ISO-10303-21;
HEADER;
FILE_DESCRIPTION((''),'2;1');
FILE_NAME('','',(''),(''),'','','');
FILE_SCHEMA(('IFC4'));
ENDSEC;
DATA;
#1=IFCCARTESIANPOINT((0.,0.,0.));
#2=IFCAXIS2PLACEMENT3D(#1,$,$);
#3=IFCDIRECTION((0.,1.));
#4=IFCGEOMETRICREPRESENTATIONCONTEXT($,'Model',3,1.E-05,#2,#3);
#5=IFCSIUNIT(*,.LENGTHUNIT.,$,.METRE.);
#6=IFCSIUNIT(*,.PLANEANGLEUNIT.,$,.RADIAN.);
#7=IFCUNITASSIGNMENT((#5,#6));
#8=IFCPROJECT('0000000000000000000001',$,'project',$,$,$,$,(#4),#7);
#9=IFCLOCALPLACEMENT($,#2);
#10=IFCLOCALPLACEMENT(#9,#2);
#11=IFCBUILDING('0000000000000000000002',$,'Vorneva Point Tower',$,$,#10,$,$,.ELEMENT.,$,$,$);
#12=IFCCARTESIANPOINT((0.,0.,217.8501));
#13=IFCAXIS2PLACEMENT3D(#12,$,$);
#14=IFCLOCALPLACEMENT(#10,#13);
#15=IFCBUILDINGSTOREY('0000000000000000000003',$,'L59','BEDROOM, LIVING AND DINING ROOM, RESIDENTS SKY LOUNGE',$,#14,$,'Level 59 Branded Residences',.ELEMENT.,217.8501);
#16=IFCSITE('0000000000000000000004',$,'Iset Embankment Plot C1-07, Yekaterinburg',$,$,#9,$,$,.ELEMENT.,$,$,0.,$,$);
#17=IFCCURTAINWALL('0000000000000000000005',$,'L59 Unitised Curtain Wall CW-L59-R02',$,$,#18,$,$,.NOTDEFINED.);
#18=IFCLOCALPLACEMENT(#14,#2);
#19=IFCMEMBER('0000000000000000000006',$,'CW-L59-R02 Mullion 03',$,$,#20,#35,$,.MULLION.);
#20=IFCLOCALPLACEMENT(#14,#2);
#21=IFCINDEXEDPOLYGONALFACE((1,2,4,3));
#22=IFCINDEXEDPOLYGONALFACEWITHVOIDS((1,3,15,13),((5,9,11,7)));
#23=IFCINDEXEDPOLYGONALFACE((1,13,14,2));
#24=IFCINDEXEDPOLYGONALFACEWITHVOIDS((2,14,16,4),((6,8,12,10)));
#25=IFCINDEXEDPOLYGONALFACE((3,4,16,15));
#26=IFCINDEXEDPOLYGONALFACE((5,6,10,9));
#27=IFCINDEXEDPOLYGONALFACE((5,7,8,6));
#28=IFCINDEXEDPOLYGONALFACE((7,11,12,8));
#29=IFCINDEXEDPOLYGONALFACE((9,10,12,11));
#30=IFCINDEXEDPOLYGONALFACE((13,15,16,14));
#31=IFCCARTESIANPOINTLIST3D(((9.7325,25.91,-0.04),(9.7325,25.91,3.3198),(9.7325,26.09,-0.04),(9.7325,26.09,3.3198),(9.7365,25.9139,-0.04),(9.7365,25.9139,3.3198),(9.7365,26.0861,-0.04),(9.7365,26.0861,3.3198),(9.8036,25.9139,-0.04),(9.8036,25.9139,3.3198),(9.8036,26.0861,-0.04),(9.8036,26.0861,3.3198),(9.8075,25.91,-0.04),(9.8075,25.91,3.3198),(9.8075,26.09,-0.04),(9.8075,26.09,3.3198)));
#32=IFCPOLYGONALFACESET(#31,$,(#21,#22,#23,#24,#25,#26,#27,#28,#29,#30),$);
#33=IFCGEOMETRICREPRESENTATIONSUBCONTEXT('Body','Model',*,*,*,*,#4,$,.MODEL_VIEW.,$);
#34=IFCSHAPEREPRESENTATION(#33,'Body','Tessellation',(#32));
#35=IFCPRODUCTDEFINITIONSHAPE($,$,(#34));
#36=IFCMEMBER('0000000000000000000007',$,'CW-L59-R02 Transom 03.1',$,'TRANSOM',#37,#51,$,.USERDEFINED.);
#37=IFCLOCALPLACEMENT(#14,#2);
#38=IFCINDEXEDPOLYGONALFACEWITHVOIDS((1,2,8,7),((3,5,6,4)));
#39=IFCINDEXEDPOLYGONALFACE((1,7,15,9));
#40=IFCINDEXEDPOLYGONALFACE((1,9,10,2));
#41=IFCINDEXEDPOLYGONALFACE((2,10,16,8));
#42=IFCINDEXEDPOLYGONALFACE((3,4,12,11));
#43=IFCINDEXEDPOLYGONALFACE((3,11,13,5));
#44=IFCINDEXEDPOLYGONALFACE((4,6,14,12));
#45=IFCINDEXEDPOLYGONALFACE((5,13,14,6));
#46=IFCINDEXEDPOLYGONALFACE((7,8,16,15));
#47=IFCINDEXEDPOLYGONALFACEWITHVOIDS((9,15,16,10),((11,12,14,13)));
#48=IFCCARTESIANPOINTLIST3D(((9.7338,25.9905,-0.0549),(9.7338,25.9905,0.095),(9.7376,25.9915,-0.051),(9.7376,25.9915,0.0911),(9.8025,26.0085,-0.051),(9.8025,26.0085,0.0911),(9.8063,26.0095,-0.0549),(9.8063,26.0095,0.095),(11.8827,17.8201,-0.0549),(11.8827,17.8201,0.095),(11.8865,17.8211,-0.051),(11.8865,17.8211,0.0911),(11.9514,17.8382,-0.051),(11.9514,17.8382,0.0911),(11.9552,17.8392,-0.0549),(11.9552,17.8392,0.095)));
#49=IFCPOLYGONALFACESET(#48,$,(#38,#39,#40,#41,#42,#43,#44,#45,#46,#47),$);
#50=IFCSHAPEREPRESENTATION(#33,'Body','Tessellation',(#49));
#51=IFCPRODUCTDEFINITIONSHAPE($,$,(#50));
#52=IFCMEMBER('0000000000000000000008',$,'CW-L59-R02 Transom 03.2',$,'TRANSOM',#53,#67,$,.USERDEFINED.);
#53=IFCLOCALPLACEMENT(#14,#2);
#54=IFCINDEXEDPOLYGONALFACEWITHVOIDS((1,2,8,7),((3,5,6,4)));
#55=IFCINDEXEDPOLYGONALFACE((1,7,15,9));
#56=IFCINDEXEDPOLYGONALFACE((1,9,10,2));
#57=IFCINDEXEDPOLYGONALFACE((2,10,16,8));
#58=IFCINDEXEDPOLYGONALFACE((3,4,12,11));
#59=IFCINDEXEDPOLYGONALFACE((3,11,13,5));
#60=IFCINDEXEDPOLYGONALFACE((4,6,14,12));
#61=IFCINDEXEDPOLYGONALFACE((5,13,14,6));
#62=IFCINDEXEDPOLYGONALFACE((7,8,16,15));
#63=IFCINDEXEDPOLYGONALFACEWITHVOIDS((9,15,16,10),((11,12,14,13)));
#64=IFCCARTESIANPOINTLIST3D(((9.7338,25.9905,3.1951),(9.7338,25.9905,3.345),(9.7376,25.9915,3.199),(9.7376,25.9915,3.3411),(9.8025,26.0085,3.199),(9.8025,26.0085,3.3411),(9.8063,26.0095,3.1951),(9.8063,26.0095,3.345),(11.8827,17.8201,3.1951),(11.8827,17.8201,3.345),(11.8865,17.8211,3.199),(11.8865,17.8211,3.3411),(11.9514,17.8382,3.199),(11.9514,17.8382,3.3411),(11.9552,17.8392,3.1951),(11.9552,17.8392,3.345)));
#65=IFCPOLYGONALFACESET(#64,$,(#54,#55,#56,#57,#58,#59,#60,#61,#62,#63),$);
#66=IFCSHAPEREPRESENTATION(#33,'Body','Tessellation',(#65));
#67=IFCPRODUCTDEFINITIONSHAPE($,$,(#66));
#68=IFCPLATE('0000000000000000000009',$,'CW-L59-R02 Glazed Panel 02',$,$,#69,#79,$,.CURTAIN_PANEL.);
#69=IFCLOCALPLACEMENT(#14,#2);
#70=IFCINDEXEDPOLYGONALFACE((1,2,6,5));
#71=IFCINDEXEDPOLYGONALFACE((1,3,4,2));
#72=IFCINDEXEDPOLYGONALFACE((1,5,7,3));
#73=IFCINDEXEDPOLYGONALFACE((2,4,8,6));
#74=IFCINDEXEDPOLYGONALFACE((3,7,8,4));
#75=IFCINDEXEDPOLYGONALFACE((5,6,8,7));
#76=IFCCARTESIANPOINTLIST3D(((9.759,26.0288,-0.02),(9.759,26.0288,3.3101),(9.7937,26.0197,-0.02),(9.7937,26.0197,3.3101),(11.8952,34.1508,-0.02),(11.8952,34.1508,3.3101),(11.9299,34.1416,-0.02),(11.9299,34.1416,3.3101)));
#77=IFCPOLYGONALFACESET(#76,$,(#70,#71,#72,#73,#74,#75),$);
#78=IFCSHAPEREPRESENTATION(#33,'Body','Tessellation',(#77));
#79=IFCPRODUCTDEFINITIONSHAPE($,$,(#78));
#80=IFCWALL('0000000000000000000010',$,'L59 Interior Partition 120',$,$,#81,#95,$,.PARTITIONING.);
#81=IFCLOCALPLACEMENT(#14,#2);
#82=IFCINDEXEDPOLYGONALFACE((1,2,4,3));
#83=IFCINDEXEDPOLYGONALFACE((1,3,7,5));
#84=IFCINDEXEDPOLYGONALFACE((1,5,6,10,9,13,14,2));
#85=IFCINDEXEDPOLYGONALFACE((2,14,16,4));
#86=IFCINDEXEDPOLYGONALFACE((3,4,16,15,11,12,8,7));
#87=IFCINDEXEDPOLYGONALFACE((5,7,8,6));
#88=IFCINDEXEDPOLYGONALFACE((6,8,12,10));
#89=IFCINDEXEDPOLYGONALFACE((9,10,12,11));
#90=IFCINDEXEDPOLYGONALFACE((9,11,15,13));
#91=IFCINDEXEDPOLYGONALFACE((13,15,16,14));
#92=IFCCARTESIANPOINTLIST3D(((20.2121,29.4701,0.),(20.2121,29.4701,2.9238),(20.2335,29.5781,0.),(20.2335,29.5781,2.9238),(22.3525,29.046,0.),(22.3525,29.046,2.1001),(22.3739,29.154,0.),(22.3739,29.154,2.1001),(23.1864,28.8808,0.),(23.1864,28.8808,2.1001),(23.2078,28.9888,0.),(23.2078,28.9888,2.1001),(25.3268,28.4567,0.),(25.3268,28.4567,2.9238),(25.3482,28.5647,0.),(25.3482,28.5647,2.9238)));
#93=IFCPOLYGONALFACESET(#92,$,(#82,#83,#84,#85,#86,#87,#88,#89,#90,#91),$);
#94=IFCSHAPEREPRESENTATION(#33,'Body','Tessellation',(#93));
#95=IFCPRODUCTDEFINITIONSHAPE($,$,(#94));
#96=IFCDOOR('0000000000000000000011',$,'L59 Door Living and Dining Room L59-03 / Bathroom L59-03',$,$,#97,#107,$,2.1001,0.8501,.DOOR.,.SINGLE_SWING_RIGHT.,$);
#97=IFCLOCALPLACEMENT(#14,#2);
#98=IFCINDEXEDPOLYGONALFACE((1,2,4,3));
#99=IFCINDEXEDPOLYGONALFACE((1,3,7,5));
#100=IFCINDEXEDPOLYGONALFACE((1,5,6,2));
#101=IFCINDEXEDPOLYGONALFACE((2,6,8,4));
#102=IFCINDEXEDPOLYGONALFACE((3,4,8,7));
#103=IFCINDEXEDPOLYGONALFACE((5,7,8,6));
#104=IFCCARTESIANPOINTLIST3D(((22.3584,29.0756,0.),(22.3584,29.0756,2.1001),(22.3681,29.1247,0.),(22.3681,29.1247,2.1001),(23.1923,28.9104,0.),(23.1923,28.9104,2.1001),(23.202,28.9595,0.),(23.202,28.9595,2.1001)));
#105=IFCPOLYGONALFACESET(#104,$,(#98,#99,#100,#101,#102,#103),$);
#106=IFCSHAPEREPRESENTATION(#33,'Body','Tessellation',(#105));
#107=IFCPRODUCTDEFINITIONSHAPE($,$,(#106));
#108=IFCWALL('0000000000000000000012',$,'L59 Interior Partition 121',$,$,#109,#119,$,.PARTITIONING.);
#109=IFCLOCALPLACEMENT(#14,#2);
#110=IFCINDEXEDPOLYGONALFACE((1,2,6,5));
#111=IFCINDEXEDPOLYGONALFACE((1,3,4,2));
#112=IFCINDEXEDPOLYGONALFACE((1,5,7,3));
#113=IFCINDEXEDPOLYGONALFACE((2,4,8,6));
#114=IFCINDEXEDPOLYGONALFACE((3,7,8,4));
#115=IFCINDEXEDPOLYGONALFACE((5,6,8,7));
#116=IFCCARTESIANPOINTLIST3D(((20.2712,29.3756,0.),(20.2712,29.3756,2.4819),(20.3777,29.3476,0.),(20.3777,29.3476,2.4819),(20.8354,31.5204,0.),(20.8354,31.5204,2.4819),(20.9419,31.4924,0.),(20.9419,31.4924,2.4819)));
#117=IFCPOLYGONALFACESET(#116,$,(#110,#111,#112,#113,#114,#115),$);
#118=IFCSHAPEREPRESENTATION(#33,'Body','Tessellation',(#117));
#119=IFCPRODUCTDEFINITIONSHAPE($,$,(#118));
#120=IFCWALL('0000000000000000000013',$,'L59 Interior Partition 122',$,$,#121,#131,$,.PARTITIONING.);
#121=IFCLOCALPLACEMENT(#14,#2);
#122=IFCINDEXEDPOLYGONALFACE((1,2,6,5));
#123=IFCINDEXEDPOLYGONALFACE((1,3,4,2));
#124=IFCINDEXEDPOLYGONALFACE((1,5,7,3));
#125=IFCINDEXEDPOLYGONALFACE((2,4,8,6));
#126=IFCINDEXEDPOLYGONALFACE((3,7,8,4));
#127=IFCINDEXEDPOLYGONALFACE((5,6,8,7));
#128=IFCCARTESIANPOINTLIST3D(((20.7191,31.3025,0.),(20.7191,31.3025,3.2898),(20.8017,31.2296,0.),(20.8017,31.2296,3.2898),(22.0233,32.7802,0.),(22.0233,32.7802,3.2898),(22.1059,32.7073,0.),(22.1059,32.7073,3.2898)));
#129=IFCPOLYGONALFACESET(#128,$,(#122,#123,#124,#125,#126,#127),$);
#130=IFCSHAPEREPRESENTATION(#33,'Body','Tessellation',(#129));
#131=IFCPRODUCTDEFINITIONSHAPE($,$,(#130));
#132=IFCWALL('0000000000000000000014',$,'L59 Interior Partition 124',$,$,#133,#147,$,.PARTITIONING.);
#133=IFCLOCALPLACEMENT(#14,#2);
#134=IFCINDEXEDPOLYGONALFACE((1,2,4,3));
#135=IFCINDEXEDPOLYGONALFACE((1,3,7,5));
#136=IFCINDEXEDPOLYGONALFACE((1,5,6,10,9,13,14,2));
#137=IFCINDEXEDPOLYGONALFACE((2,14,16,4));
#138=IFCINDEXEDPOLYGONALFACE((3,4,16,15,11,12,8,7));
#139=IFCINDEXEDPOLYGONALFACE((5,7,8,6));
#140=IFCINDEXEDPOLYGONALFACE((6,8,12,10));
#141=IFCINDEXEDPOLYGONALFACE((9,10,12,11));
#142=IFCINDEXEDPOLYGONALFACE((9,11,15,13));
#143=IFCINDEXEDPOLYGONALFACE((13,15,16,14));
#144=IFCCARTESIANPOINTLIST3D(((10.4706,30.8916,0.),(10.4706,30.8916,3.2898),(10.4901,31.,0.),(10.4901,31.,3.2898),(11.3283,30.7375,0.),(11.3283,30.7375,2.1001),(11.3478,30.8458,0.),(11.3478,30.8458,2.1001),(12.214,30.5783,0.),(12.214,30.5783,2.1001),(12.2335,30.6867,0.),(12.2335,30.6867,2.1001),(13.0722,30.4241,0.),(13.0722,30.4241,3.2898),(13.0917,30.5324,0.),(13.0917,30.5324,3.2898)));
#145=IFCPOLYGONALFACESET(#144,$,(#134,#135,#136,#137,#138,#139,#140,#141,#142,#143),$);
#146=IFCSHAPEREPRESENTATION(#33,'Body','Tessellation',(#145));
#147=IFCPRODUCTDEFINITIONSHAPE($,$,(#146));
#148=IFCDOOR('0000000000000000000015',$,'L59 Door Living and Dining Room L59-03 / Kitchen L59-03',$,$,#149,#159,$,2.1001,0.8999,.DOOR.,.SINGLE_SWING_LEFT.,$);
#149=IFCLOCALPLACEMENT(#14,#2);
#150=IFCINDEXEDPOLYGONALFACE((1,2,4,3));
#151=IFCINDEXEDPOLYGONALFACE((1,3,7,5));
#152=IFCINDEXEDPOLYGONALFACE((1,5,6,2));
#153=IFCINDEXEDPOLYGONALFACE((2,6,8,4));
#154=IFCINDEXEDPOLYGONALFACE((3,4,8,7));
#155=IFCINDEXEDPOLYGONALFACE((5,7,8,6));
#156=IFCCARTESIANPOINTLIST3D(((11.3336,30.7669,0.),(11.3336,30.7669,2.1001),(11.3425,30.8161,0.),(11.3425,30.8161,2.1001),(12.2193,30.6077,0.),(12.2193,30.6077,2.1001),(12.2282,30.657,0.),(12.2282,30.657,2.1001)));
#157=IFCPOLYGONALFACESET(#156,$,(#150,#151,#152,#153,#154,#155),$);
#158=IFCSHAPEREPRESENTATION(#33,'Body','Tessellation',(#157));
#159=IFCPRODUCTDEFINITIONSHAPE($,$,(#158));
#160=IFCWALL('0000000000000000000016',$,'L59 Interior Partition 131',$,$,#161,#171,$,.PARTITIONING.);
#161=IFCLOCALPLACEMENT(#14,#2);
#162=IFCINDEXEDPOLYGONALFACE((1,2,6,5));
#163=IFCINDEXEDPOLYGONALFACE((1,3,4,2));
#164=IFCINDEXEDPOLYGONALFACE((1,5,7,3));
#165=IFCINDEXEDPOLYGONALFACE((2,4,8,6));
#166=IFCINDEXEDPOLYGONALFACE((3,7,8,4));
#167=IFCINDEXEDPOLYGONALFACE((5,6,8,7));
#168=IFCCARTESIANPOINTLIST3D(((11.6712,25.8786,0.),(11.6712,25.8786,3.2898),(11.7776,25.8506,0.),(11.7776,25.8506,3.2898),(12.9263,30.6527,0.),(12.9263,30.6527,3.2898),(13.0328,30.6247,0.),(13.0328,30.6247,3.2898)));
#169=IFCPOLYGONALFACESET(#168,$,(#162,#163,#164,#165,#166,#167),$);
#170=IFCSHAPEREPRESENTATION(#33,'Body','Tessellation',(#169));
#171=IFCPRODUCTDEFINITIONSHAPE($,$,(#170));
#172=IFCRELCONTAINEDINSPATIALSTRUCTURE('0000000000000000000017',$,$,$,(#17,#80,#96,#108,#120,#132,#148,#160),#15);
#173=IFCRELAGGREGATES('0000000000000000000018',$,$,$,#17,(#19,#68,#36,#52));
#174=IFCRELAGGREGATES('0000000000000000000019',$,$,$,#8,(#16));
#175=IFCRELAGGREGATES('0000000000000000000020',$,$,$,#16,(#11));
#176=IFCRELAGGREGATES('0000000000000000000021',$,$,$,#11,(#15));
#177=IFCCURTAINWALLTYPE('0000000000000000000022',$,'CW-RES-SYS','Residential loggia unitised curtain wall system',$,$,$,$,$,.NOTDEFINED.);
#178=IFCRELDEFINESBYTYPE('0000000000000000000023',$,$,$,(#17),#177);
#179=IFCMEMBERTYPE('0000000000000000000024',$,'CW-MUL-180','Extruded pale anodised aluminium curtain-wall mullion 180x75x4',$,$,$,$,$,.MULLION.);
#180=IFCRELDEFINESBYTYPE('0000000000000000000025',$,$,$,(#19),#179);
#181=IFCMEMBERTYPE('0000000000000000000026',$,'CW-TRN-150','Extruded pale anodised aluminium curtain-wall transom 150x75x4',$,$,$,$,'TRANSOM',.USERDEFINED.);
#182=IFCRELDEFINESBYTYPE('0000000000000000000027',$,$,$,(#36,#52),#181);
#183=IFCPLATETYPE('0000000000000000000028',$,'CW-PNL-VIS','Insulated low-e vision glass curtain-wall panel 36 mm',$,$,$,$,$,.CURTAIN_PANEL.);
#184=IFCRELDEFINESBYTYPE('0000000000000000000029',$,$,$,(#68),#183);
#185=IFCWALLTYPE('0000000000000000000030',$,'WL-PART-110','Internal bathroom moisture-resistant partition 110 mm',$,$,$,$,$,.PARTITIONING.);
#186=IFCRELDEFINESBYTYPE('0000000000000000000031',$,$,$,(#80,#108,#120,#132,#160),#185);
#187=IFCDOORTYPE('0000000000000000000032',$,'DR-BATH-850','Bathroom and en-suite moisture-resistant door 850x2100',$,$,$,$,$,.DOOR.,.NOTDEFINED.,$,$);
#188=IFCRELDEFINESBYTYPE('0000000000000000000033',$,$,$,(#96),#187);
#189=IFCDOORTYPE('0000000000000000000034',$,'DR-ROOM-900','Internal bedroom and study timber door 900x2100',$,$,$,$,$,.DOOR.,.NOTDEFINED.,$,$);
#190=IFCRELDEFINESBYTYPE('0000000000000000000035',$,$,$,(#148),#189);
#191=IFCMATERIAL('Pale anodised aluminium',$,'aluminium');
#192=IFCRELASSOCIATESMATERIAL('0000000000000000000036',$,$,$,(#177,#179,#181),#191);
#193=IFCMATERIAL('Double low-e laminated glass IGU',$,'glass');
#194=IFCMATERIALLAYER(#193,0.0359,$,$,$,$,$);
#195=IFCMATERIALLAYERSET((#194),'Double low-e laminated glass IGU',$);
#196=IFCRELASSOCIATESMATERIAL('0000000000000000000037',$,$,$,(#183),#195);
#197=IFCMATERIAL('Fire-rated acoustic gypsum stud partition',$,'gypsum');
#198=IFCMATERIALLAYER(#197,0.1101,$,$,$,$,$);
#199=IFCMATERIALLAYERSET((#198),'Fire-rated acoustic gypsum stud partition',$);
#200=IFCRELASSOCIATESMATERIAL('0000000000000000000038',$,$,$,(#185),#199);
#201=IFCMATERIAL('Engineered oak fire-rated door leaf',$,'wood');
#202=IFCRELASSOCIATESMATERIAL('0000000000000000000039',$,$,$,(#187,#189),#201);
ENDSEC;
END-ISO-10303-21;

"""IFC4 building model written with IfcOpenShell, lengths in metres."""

from ifc_helpers import new_model, si_unit, direction, frame, frame_2d, origin, origin_2d, place, context, subcontext, project, spatial, rectangle, hollow_rectangle, extrude, material, layer, layer_set, material_profile, profile_set, type_object, element, fill, aggregate, save


model = new_model("IFC4")

# Units and contexts
model_context = context("Model", 3, precision=1e-05, world=origin(), true_north=direction((0.0, 1.0)))
body_context = subcontext(model_context, "Body", "Model", "MODEL_VIEW")
ifc_project = project(units=[si_unit("LENGTHUNIT", "METRE"), si_unit("PLANEANGLEUNIT", "RADIAN")], contexts=[model_context])

# Site, building, storey
site_placement = place(None, origin())
site = spatial("IfcSite", under=ifc_project, at=site_placement, Name="Iset Embankment Plot C1-07, Yekaterinburg", CompositionType="ELEMENT", RefElevation=0.0)
building_placement = place(site_placement, origin())
building = spatial("IfcBuilding", under=site, at=building_placement, Name="Vorneva Point Tower", CompositionType="ELEMENT")
storey_placement = place(building_placement, frame((0.0, 0.0, 217.8501)))
storey = spatial("IfcBuildingStorey", under=building, at=storey_placement, Name="L59", Description="BEDROOM, LIVING AND DINING ROOM, RESIDENTS SKY LOUNGE", LongName="Level 59 Branded Residences", CompositionType="ELEMENT", Elevation=217.8501)

# Curtain wall, members, plate
ifc_material_1 = material(Name="Pale anodised aluminium", Category="aluminium")
curtain_wall_type = type_object("IfcCurtainWallType", Name="CW-RES-SYS", Description="Residential loggia unitised curtain wall system", PredefinedType="NOTDEFINED", material=ifc_material_1)
curtain_wall_placement = place(storey_placement, origin())
curtain_wall = element("IfcCurtainWall", 1, at=curtain_wall_placement, inside=storey, type_object=curtain_wall_type, Name="L59 Unitised Curtain Wall CW-L59-R02", PredefinedType="NOTDEFINED")
ifc_material_profile_1 = material_profile(ifc_material_1, hollow_rectangle(XDim=0.075, YDim=0.1799, WallThickness=0.0039, at=origin_2d()), Name="AL-MUL 180x75x4")
ifc_profile_set_1 = profile_set([ifc_material_profile_1], Name="Pale anodised aluminium")
member_type_1 = type_object("IfcMemberType", Name="CW-MUL-180", Description="Extruded pale anodised aluminium curtain-wall mullion 180x75x4", PredefinedType="MULLION", material=ifc_profile_set_1)
member_1_placement = place(storey_placement, frame((9.77, 26.0, -0.04), z_axis=(0.0, 0.0, 1.0), x_axis=(1.0, 0.0, 0.0)))
member_1 = element("IfcMember", 2, at=member_1_placement, type_object=member_type_1, Name="CW-L59-R02 Mullion 03", PredefinedType="MULLION", context=body_context, shape_type="SweptSolid", body=[
    extrude(hollow_rectangle(XDim=0.075, YDim=0.1799, WallThickness=0.0039, at=origin_2d()), origin(), (0.0, 0.0, 1.0), 3.3599),
])
ifc_material_profile_2 = material_profile(ifc_material_1, hollow_rectangle(XDim=0.075, YDim=0.1499, WallThickness=0.0039, at=origin_2d()), Name="AL-TRN 150x75x4")
ifc_profile_set_2 = profile_set([ifc_material_profile_2], Name="Pale anodised aluminium")
member_type_2 = type_object("IfcMemberType", Name="CW-TRN-150", Description="Extruded pale anodised aluminium curtain-wall transom 150x75x4", ElementType="TRANSOM", PredefinedType="USERDEFINED", material=ifc_profile_set_2)
member_2_placement = place(storey_placement, frame((9.77, 26.0, 0.02), z_axis=(0.254362, -0.967109, 0.0), x_axis=(0.967109, 0.254362, 0.0)))
member_2 = element("IfcMember", 3, at=member_2_placement, type_object=member_type_2, Name="CW-L59-R02 Transom 03.1", ObjectType="TRANSOM", PredefinedType="USERDEFINED", context=body_context, shape_type="SweptSolid", body=[
    extrude(hollow_rectangle(XDim=0.075, YDim=0.1499, WallThickness=0.0039, at=origin_2d()), origin(), (0.0, 0.0, 1.0), 8.4482),
])
member_3_placement = place(storey_placement, frame((9.77, 26.0, 3.27), z_axis=(0.254362, -0.967109, 0.0), x_axis=(0.967109, 0.254362, 0.0)))
member_3 = element("IfcMember", 4, at=member_3_placement, type_object=member_type_2, Name="CW-L59-R02 Transom 03.2", ObjectType="TRANSOM", PredefinedType="USERDEFINED", context=body_context, shape_type="SweptSolid", body=[
    extrude(hollow_rectangle(XDim=0.075, YDim=0.1499, WallThickness=0.0039, at=origin_2d()), origin(), (0.0, 0.0, 1.0), 8.4482),
])
ifc_material_2 = material(Name="Double low-e laminated glass IGU", Category="glass")
ifc_layer_1 = layer(ifc_material_2, 0.0359)
ifc_layer_set_1 = layer_set([ifc_layer_1], Name="Double low-e laminated glass IGU")
plate_type = type_object("IfcPlateType", Name="CW-PNL-VIS", Description="Insulated low-e vision glass curtain-wall panel 36 mm", PredefinedType="CURTAIN_PANEL", material=ifc_layer_set_1)
plate_placement = place(storey_placement, frame((10.8445, 30.0852, -0.02), z_axis=(0.0, 0.0, 1.0), x_axis=(-0.254366, -0.967108, 0.0)))
plate = element("IfcPlate", 5, at=plate_placement, type_object=plate_type, Name="CW-L59-R02 Glazed Panel 02", PredefinedType="CURTAIN_PANEL", context=body_context, shape_type="SweptSolid", body=[
    extrude(rectangle(XDim=8.3982, YDim=0.0359, at=origin_2d()), origin(), (0.0, 0.0, 1.0), 3.3301),
])
aggregate(curtain_wall, [member_1, plate, member_2, member_3])

# Wall, opening, door
ifc_material_3 = material(Name="Fire-rated acoustic gypsum stud partition", Category="gypsum")
ifc_layer_2 = layer(ifc_material_3, 0.1101)
ifc_layer_set_2 = layer_set([ifc_layer_2], Name="Fire-rated acoustic gypsum stud partition")
wall_type_1 = type_object("IfcWallType", Name="WL-PART-110", Description="Internal bathroom moisture-resistant partition 110 mm", PredefinedType="PARTITIONING", material=ifc_layer_set_2)
wall_1_placement = place(storey_placement, frame((25.3374, 28.5107, 0.0), z_axis=(0.0, 0.0, 1.0), x_axis=(-0.98093, 0.19436, 0.0)))
wall_1 = element("IfcWall", 6, at=wall_1_placement, inside=storey, type_object=wall_type_1, Name="L59 Interior Partition 120", PredefinedType="PARTITIONING", context=body_context, shape_type="SweptSolid", body=[
    extrude(rectangle(XDim=5.2141, YDim=0.1101, at=frame_2d((2.6069, 0.0))), origin(), (0.0, 0.0, 1.0), 2.9238),
])
opening_1_placement = place(wall_1_placement, frame((2.1819, 0.0, 0.0)))
opening_1 = element("IfcOpeningElement", 7, at=opening_1_placement, cuts=wall_1, PredefinedType="OPENING", context=body_context, shape_type="SweptSolid", body=[
    extrude(rectangle(XDim=0.8501, YDim=2.1001, at=frame_2d((0.425, 1.05))), frame((0.0, 0.0698, 0.0), z_axis=(0.0, -1.0, 0.0), x_axis=(1.0, 0.0, 0.0)), (0.0, 0.0, 1.0), 0.1399),
])
ifc_material_4 = material(Name="Engineered oak fire-rated door leaf", Category="wood")
door_type_1 = type_object("IfcDoorType", Name="DR-BATH-850", Description="Bathroom and en-suite moisture-resistant door 850x2100", OperationType="NOTDEFINED", PredefinedType="DOOR", material=ifc_material_4)
door_1_placement = place(opening_1_placement, origin())
door_1 = element("IfcDoor", 8, at=door_1_placement, inside=storey, type_object=door_type_1, Name="L59 Door Living and Dining Room L59-03 / Bathroom L59-03", OperationType="SINGLE_SWING_RIGHT", OverallHeight=2.1001, OverallWidth=0.8501, PredefinedType="DOOR", context=body_context, shape_type="SweptSolid", body=[
    extrude(rectangle(XDim=0.8501, YDim=2.1001, at=frame_2d((0.425, 1.05))), frame((0.0, 0.0249, 0.0), z_axis=(0.0, -1.0, 0.0), x_axis=(1.0, 0.0, 0.0)), (0.0, 0.0, 1.0), 0.05),
])
fill(opening_1, door_1)

# Walls
wall_2_placement = place(storey_placement, frame((20.3245, 29.3616, 0.0), z_axis=(0.0, 0.0, 1.0), x_axis=(0.254407, 0.967097, 0.0)))
element("IfcWall", 9, at=wall_2_placement, inside=storey, type_object=wall_type_1, Name="L59 Interior Partition 121", PredefinedType="PARTITIONING", context=body_context, shape_type="SweptSolid", body=[
    extrude(rectangle(XDim=2.2178, YDim=0.1101, at=frame_2d((1.1089, 0.0))), origin(), (0.0, 0.0, 1.0), 2.4819),
])
wall_3_placement = place(storey_placement, frame((20.7605, 31.2661, 0.0), z_axis=(0.0, 0.0, 1.0), x_axis=(0.661699, 0.749769, 0.0)))
element("IfcWall", 10, at=wall_3_placement, inside=storey, type_object=wall_type_1, Name="L59 Interior Partition 122", PredefinedType="PARTITIONING", context=body_context, shape_type="SweptSolid", body=[
    extrude(rectangle(XDim=1.9709, YDim=0.1101, at=frame_2d((0.9854, 0.0))), origin(), (0.0, 0.0, 1.0), 3.2898),
])

# Wall, opening, door
wall_4_placement = place(storey_placement, frame((10.4802, 30.9458, 0.0), z_axis=(0.0, 0.0, 1.0), x_axis=(0.984233, -0.176877, 0.0)))
wall_4 = element("IfcWall", 11, at=wall_4_placement, inside=storey, type_object=wall_type_1, Name="L59 Interior Partition 124", PredefinedType="PARTITIONING", context=body_context, shape_type="SweptSolid", body=[
    extrude(rectangle(XDim=2.6433, YDim=0.1101, at=frame_2d((1.3218, 0.0))), origin(), (0.0, 0.0, 1.0), 3.2898),
])
opening_2_placement = place(wall_4_placement, frame((0.8716, 0.0, 0.0)))
opening_2 = element("IfcOpeningElement", 12, at=opening_2_placement, cuts=wall_4, PredefinedType="OPENING", context=body_context, shape_type="SweptSolid", body=[
    extrude(rectangle(XDim=0.8999, YDim=2.1001, at=frame_2d((0.45, 1.05))), frame((0.0, 0.0698, 0.0), z_axis=(0.0, -1.0, 0.0), x_axis=(1.0, 0.0, 0.0)), (0.0, 0.0, 1.0), 0.1399),
])
door_type_2 = type_object("IfcDoorType", Name="DR-ROOM-900", Description="Internal bedroom and study timber door 900x2100", OperationType="NOTDEFINED", PredefinedType="DOOR", material=ifc_material_4)
door_2_placement = place(opening_2_placement, origin())
door_2 = element("IfcDoor", 13, at=door_2_placement, inside=storey, type_object=door_type_2, Name="L59 Door Living and Dining Room L59-03 / Kitchen L59-03", OperationType="SINGLE_SWING_LEFT", OverallHeight=2.1001, OverallWidth=0.8999, PredefinedType="DOOR", context=body_context, shape_type="SweptSolid", body=[
    extrude(rectangle(XDim=0.8999, YDim=2.1001, at=frame_2d((0.45, 1.05))), frame((0.0, 0.0249, 0.0), z_axis=(0.0, -1.0, 0.0), x_axis=(1.0, 0.0, 0.0)), (0.0, 0.0, 1.0), 0.05),
])
fill(opening_2, door_2)

# Wall
wall_5_placement = place(storey_placement, frame((11.7244, 25.8645, 0.0), z_axis=(0.0, 0.0, 1.0), x_axis=(0.254272, 0.967133, 0.0)))
element("IfcWall", 14, at=wall_5_placement, inside=storey, type_object=wall_type_1, Name="L59 Interior Partition 131", PredefinedType="PARTITIONING", context=body_context, shape_type="SweptSolid", body=[
    extrude(rectangle(XDim=4.9363, YDim=0.1101, at=frame_2d((2.4683, 0.0))), origin(), (0.0, 0.0, 1.0), 3.2898),
])

save(model, "model.ifc")
